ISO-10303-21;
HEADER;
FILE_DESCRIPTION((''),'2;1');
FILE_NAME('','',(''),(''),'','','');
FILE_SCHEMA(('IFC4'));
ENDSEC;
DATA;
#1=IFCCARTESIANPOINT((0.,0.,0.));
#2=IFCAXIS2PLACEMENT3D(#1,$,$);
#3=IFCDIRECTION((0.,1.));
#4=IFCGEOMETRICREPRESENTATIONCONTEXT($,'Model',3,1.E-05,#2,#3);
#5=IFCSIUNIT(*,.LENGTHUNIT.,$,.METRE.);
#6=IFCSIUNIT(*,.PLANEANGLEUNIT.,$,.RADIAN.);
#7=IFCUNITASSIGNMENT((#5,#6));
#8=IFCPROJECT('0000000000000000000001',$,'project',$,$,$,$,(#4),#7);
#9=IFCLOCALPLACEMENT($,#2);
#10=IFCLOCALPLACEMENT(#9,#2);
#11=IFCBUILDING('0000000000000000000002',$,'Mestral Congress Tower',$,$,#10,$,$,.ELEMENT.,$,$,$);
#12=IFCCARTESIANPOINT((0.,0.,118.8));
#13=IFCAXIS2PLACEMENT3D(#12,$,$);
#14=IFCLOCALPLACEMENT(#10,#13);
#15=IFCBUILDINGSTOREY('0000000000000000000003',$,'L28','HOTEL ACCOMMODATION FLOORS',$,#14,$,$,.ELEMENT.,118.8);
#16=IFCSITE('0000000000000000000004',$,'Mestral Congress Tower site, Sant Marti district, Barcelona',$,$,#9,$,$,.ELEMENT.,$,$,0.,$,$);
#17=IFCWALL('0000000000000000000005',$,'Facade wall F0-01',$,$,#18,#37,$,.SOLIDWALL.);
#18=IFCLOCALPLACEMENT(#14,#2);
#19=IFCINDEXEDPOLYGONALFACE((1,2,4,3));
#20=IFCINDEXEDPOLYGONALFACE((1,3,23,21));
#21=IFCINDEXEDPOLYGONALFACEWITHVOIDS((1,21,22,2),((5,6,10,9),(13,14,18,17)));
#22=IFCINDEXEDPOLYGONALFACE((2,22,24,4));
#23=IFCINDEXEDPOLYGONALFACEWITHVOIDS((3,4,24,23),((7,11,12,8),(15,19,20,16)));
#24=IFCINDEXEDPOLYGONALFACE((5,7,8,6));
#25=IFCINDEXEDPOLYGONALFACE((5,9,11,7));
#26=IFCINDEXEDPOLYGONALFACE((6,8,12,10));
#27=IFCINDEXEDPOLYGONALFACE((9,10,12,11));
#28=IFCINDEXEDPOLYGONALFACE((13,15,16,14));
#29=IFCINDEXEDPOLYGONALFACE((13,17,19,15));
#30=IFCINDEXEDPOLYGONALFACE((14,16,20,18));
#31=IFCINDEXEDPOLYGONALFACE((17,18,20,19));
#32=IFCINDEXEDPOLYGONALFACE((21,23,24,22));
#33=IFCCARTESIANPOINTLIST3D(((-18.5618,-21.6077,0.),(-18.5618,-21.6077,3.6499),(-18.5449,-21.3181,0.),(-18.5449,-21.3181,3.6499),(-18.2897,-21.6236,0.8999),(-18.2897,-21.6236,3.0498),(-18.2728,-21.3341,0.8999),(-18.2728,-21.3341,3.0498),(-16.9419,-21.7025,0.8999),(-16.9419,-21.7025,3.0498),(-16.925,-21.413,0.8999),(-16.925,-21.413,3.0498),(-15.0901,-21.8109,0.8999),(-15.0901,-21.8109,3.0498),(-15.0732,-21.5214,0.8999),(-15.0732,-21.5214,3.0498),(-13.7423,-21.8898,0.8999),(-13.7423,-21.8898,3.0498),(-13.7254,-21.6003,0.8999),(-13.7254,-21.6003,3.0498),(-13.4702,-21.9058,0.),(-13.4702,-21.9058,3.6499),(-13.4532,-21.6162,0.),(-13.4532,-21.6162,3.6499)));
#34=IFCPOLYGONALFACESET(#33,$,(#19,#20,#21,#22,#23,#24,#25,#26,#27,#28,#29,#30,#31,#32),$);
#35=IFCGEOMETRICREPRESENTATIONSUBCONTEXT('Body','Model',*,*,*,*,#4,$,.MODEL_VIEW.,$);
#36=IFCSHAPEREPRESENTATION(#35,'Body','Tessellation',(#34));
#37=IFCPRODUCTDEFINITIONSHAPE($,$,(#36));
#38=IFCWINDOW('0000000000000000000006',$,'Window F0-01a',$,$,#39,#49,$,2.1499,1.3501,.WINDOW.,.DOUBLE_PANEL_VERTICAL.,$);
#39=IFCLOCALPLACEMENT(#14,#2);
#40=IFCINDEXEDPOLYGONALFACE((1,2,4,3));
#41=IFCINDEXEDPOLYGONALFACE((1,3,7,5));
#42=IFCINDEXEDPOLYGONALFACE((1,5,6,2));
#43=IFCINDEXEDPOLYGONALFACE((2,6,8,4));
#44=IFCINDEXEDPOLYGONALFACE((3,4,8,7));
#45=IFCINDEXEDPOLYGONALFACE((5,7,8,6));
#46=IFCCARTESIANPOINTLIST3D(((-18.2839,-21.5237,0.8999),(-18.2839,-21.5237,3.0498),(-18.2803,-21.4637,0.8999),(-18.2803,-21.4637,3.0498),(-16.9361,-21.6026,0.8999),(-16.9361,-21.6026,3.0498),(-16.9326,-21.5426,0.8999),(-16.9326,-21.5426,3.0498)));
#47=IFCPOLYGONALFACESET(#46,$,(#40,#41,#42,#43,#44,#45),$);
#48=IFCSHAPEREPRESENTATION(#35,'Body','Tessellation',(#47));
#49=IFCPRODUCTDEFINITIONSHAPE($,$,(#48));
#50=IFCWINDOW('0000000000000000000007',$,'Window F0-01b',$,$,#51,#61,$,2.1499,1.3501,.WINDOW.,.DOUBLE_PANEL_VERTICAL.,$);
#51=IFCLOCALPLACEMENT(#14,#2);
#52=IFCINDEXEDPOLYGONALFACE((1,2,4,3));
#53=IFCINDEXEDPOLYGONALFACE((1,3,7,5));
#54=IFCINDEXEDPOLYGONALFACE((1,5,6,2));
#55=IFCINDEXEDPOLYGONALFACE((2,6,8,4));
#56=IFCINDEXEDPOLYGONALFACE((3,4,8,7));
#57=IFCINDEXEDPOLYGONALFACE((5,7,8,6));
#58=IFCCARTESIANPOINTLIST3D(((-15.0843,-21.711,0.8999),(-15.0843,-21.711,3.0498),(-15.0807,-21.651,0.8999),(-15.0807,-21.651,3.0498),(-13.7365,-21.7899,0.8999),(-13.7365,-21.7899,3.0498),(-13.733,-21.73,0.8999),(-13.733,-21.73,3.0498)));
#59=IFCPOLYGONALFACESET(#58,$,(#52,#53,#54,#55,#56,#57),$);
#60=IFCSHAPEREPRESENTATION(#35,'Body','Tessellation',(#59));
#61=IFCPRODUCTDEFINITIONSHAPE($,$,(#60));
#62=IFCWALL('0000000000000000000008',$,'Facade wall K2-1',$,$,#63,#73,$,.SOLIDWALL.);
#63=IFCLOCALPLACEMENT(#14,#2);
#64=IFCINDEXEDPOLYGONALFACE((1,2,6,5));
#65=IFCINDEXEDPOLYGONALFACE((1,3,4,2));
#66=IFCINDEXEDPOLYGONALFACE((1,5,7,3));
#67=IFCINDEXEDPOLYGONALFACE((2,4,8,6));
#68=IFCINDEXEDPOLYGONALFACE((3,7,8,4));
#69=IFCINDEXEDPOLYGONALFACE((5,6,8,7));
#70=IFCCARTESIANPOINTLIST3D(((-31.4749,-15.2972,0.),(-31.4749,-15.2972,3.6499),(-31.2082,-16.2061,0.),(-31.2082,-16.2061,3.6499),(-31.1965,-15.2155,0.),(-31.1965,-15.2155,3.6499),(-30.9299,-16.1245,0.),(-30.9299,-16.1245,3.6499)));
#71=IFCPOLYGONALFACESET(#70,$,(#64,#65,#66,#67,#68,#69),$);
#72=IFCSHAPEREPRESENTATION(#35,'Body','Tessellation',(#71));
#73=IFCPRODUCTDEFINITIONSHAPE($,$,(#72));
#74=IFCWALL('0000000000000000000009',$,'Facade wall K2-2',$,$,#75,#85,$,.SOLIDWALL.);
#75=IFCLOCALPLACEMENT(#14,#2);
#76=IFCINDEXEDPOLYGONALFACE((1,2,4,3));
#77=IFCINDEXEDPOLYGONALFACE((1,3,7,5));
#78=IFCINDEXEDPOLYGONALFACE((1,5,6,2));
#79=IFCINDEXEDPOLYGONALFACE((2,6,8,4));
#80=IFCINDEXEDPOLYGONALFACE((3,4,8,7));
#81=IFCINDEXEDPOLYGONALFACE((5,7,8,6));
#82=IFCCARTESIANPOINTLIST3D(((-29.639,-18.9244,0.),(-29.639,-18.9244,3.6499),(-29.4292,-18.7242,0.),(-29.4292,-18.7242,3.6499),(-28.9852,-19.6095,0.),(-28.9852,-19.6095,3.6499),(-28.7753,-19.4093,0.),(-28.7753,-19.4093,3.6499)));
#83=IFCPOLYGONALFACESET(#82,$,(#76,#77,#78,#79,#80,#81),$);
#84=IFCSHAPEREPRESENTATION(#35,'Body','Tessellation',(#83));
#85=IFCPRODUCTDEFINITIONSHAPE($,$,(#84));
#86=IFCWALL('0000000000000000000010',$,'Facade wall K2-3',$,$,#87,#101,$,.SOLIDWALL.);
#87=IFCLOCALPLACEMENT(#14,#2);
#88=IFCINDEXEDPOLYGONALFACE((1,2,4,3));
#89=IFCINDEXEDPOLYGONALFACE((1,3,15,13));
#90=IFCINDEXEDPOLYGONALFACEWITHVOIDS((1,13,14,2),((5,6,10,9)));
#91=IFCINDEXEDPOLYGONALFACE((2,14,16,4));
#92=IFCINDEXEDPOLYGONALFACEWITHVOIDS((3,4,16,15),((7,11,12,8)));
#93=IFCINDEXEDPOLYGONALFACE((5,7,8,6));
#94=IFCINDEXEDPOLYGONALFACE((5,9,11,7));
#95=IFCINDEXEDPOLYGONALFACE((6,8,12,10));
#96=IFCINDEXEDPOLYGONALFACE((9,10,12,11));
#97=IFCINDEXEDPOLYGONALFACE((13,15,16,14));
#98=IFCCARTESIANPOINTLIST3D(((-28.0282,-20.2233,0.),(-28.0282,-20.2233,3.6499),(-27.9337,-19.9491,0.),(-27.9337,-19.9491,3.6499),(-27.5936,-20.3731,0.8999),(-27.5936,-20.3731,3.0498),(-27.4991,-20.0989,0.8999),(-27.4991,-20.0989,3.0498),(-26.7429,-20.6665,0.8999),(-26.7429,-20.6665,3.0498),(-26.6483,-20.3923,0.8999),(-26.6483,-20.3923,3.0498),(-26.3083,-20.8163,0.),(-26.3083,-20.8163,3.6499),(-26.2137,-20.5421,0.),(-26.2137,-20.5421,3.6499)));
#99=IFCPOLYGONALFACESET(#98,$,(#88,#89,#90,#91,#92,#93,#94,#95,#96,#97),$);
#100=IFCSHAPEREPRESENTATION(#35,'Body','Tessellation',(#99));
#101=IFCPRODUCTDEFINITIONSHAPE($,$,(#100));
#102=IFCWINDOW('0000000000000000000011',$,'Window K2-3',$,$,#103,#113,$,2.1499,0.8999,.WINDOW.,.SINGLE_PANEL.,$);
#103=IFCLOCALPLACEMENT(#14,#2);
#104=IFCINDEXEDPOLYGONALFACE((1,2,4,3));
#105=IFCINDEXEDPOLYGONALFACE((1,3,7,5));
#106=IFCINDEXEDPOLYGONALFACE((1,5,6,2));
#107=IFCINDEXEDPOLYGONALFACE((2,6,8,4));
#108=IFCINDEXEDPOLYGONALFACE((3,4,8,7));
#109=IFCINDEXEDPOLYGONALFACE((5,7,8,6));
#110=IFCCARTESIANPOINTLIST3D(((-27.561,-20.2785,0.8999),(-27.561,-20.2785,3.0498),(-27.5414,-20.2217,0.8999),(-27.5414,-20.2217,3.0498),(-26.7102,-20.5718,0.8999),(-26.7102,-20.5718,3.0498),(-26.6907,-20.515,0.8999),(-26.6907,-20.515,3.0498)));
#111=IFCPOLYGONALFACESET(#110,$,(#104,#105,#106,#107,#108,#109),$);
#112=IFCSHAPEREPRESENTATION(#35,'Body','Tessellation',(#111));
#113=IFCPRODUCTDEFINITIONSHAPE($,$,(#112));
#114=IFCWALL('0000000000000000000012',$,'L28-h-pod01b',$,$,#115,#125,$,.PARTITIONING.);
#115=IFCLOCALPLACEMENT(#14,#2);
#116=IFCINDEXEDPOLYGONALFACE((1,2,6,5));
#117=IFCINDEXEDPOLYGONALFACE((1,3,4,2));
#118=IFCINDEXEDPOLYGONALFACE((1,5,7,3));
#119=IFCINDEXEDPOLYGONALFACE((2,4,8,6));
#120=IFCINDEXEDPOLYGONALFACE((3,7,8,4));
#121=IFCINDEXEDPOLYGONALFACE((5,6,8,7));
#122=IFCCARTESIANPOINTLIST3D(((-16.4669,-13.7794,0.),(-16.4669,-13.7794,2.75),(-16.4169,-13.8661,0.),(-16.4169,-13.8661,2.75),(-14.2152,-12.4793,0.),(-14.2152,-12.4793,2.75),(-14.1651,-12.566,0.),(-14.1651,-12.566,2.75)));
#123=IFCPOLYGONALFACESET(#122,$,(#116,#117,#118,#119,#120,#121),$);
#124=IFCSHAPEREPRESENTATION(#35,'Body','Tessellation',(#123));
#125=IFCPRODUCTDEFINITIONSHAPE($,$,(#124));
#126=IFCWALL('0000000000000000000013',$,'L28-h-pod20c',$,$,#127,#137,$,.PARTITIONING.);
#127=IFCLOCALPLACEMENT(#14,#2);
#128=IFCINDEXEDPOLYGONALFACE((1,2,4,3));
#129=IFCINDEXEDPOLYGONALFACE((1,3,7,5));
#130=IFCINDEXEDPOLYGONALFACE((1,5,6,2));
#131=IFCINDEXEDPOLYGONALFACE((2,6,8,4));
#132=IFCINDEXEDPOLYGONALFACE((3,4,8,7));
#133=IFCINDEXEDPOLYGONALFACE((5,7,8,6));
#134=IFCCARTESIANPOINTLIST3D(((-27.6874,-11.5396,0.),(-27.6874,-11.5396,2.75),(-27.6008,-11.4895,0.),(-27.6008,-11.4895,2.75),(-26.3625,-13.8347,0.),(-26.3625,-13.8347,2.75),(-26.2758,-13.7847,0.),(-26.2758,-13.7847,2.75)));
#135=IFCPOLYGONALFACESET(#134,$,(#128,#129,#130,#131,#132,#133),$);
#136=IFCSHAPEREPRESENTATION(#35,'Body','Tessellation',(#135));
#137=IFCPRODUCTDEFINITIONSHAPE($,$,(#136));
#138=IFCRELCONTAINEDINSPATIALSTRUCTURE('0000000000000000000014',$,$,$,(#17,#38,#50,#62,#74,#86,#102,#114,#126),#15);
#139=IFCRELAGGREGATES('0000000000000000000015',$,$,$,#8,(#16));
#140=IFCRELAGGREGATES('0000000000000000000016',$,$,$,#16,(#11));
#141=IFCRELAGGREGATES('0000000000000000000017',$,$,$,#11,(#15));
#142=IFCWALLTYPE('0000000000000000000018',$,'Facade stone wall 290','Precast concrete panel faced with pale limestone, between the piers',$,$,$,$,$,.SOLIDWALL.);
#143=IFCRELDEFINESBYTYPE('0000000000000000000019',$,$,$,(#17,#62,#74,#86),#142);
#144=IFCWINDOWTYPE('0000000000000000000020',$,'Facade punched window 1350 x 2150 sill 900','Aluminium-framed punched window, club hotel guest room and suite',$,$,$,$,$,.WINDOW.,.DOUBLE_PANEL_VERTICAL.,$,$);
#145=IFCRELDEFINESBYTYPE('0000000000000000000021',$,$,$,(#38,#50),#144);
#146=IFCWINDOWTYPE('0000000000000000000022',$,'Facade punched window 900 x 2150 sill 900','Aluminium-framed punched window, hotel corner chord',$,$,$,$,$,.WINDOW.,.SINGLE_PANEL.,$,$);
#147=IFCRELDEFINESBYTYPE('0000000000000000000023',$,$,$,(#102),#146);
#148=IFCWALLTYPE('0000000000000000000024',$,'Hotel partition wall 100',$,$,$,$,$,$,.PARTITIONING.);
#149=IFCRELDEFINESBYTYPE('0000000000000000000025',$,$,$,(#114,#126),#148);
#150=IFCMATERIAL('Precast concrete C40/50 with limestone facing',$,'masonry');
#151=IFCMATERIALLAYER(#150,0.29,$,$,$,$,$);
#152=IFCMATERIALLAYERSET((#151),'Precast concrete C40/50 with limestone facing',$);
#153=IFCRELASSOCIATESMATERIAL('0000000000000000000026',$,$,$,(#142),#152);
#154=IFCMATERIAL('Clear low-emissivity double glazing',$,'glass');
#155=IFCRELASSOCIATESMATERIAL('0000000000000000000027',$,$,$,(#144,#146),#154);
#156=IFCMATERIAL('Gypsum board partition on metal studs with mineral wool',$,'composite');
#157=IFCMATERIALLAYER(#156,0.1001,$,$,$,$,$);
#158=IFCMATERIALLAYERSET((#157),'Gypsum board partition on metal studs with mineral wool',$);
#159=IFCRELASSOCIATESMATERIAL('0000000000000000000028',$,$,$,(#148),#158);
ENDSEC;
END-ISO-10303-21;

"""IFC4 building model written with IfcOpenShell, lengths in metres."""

from ifc_helpers import new_model, si_unit, direction, frame, frame_2d, origin, place, context, subcontext, project, spatial, rectangle, extrude, material, layer, layer_set, type_object, element, fill, save


model = new_model("IFC4")

# Units and contexts
model_context = context("Model", 3, precision=1e-05, world=origin(), true_north=direction((0.0, 1.0)))
body_context = subcontext(model_context, "Body", "Model", "MODEL_VIEW")
ifc_project = project(units=[si_unit("LENGTHUNIT", "METRE"), si_unit("PLANEANGLEUNIT", "RADIAN")], contexts=[model_context])

# Site, building, storey
site_placement = place(None, origin())
site = spatial("IfcSite", under=ifc_project, at=site_placement, Name="Mestral Congress Tower site, Sant Marti district, Barcelona", CompositionType="ELEMENT", RefElevation=0.0)
building_placement = place(site_placement, origin())
building = spatial("IfcBuilding", under=site, at=building_placement, Name="Mestral Congress Tower", CompositionType="ELEMENT")
storey_placement = place(building_placement, frame((0.0, 0.0, 118.8)))
storey = spatial("IfcBuildingStorey", under=building, at=storey_placement, Name="L28", Description="HOTEL ACCOMMODATION FLOORS", CompositionType="ELEMENT", Elevation=118.8)

# Wall, openings, windows
ifc_material_1 = material(Name="Precast concrete C40/50 with limestone facing", Category="masonry")
ifc_layer_1 = layer(ifc_material_1, 0.29)
ifc_layer_set_1 = layer_set([ifc_layer_1], Name="Precast concrete C40/50 with limestone facing")
wall_type_1 = type_object("IfcWallType", Name="Facade stone wall 290", Description="Precast concrete panel faced with pale limestone, between the piers", PredefinedType="SOLIDWALL", material=ifc_layer_set_1)
ifc_material_2 = material(Name="Clear low-emissivity double glazing", Category="glass")
window_type_1 = type_object("IfcWindowType", Name="Facade punched window 1350 x 2150 sill 900", Description="Aluminium-framed punched window, club hotel guest room and suite", PartitioningType="DOUBLE_PANEL_VERTICAL", PredefinedType="WINDOW", material=ifc_material_2)
wall_1_placement = place(storey_placement, frame((-18.5535, -21.4629, 0.0), z_axis=(0.0, 0.0, 1.0), x_axis=(0.998291, -0.058447, 0.0)))
wall_1 = element("IfcWall", 1, at=wall_1_placement, inside=storey, type_object=wall_type_1, Name="Facade wall F0-01", PredefinedType="SOLIDWALL", context=body_context, shape_type="SweptSolid", body=[
    extrude(rectangle(XDim=5.1003, YDim=0.29, at=frame_2d((2.5503, 0.0))), origin(), (0.0, 0.0, 1.0), 3.6499),
])
opening_1_placement = place(wall_1_placement, frame((0.2727, 0.0, 0.8999)))
opening_1 = element("IfcOpeningElement", 2, at=opening_1_placement, cuts=wall_1, PredefinedType="OPENING", context=body_context, shape_type="SweptSolid", body=[
    extrude(rectangle(XDim=1.3501, YDim=2.1499, at=frame_2d((0.675, 1.075))), frame((0.0, 0.155, 0.0), z_axis=(0.0, -1.0, 0.0), x_axis=(1.0, 0.0, 0.0)), (0.0, 0.0, 1.0), 0.3101),
])
opening_2_placement = place(wall_1_placement, frame((3.4778, 0.0, 0.8999)))
opening_2 = element("IfcOpeningElement", 3, at=opening_2_placement, cuts=wall_1, PredefinedType="OPENING", context=body_context, shape_type="SweptSolid", body=[
    extrude(rectangle(XDim=1.3501, YDim=2.1499, at=frame_2d((0.675, 1.075))), frame((0.0, 0.155, 0.0), z_axis=(0.0, -1.0, 0.0), x_axis=(1.0, 0.0, 0.0)), (0.0, 0.0, 1.0), 0.3101),
])
window_1_placement = place(opening_1_placement, origin())
window_1 = element("IfcWindow", 4, at=window_1_placement, inside=storey, type_object=window_type_1, Name="Window F0-01a", OverallHeight=2.1499, OverallWidth=1.3501, PartitioningType="DOUBLE_PANEL_VERTICAL", PredefinedType="WINDOW", context=body_context, shape_type="SweptSolid", body=[
    extrude(rectangle(XDim=1.3501, YDim=2.1499, at=frame_2d((0.675, 1.075))), frame((0.0, 0.0151, 0.0), z_axis=(0.0, -1.0, 0.0), x_axis=(1.0, 0.0, 0.0)), (0.0, 0.0, 1.0), 0.0601),
])
fill(opening_1, window_1)
window_2_placement = place(opening_2_placement, origin())
window_2 = element("IfcWindow", 5, at=window_2_placement, inside=storey, type_object=window_type_1, Name="Window F0-01b", OverallHeight=2.1499, OverallWidth=1.3501, PartitioningType="DOUBLE_PANEL_VERTICAL", PredefinedType="WINDOW", context=body_context, shape_type="SweptSolid", body=[
    extrude(rectangle(XDim=1.3501, YDim=2.1499, at=frame_2d((0.675, 1.075))), frame((0.0, 0.0151, 0.0), z_axis=(0.0, -1.0, 0.0), x_axis=(1.0, 0.0, 0.0)), (0.0, 0.0, 1.0), 0.0601),
])
fill(opening_2, window_2)

# Walls
wall_2_placement = place(storey_placement, frame((-31.3357, -15.2563, 0.0), z_axis=(0.0, 0.0, 1.0), x_axis=(0.281455, -0.959575, 0.0)))
element("IfcWall", 6, at=wall_2_placement, inside=storey, type_object=wall_type_1, Name="Facade wall K2-1", PredefinedType="SOLIDWALL", context=body_context, shape_type="SweptSolid", body=[
    extrude(rectangle(XDim=0.9473, YDim=0.29, at=frame_2d((0.4736, 0.0))), origin(), (0.0, 0.0, 1.0), 3.6499),
])
wall_3_placement = place(storey_placement, frame((-29.5342, -18.8242, 0.0), z_axis=(0.0, 0.0, 1.0), x_axis=(0.690414, -0.723414, 0.0)))
element("IfcWall", 7, at=wall_3_placement, inside=storey, type_object=wall_type_1, Name="Facade wall K2-2", PredefinedType="SOLIDWALL", context=body_context, shape_type="SweptSolid", body=[
    extrude(rectangle(XDim=0.947, YDim=0.29, at=frame_2d((0.4736, 0.0))), origin(), (0.0, 0.0, 1.0), 3.6499),
])

# Wall, opening, window
wall_4_placement = place(storey_placement, frame((-27.981, -20.0862, 0.0), z_axis=(0.0, 0.0, 1.0), x_axis=(0.945386, -0.325953, 0.0)))
wall_4 = element("IfcWall", 8, at=wall_4_placement, inside=storey, type_object=wall_type_1, Name="Facade wall K2-3", PredefinedType="SOLIDWALL", context=body_context, shape_type="SweptSolid", body=[
    extrude(rectangle(XDim=1.8193, YDim=0.29, at=frame_2d((0.9097, 0.0))), origin(), (0.0, 0.0, 1.0), 3.6499),
])
opening_3_placement = place(wall_4_placement, frame((0.4597, 0.0, 0.8999)))
opening_3 = element("IfcOpeningElement", 9, at=opening_3_placement, cuts=wall_4, PredefinedType="OPENING", context=body_context, shape_type="SweptSolid", body=[
    extrude(rectangle(XDim=0.8999, YDim=2.1499, at=frame_2d((0.45, 1.075))), frame((0.0, 0.155, 0.0), z_axis=(0.0, -1.0, 0.0), x_axis=(1.0, 0.0, 0.0)), (0.0, 0.0, 1.0), 0.3101),
])
window_type_2 = type_object("IfcWindowType", Name="Facade punched window 900 x 2150 sill 900", Description="Aluminium-framed punched window, hotel corner chord", PartitioningType="SINGLE_PANEL", PredefinedType="WINDOW", material=ifc_material_2)
window_3_placement = place(opening_3_placement, origin())
window_3 = element("IfcWindow", 10, at=window_3_placement, inside=storey, type_object=window_type_2, Name="Window K2-3", OverallHeight=2.1499, OverallWidth=0.8999, PartitioningType="SINGLE_PANEL", PredefinedType="WINDOW", context=body_context, shape_type="SweptSolid", body=[
    extrude(rectangle(XDim=0.8999, YDim=2.1499, at=frame_2d((0.45, 1.075))), frame((0.0, 0.0151, 0.0), z_axis=(0.0, -1.0, 0.0), x_axis=(1.0, 0.0, 0.0)), (0.0, 0.0, 1.0), 0.0601),
])
fill(opening_3, window_3)

# Walls
ifc_material_3 = material(Name="Gypsum board partition on metal studs with mineral wool", Category="composite")
ifc_layer_2 = layer(ifc_material_3, 0.1001)
ifc_layer_set_2 = layer_set([ifc_layer_2], Name="Gypsum board partition on metal studs with mineral wool")
wall_type_2 = type_object("IfcWallType", Name="Hotel partition wall 100", PredefinedType="PARTITIONING", material=ifc_layer_set_2)
wall_5_placement = place(storey_placement, frame((-16.4419, -13.8228, 0.0), z_axis=(0.0, 0.0, 1.0), x_axis=(0.866021, 0.500007, 0.0)))
element("IfcWall", 11, at=wall_5_placement, inside=storey, type_object=wall_type_2, Name="L28-h-pod01b", PredefinedType="PARTITIONING", context=body_context, shape_type="SweptSolid", body=[
    extrude(rectangle(XDim=2.6001, YDim=0.1001, at=frame_2d((1.3, 0.0))), origin(), (0.0, 0.0, 1.0), 2.75),
])
wall_6_placement = place(storey_placement, frame((-26.3191, -13.8098, 0.0), z_axis=(0.0, 0.0, 1.0), x_axis=(-0.499954, 0.866052, 0.0)))
element("IfcWall", 12, at=wall_6_placement, inside=storey, type_object=wall_type_2, Name="L28-h-pod20c", PredefinedType="PARTITIONING", context=body_context, shape_type="SweptSolid", body=[
    extrude(rectangle(XDim=2.6501, YDim=0.1001, at=frame_2d((1.3252, 0.0))), origin(), (0.0, 0.0, 1.0), 2.75),
])

save(model, "model.ifc")
